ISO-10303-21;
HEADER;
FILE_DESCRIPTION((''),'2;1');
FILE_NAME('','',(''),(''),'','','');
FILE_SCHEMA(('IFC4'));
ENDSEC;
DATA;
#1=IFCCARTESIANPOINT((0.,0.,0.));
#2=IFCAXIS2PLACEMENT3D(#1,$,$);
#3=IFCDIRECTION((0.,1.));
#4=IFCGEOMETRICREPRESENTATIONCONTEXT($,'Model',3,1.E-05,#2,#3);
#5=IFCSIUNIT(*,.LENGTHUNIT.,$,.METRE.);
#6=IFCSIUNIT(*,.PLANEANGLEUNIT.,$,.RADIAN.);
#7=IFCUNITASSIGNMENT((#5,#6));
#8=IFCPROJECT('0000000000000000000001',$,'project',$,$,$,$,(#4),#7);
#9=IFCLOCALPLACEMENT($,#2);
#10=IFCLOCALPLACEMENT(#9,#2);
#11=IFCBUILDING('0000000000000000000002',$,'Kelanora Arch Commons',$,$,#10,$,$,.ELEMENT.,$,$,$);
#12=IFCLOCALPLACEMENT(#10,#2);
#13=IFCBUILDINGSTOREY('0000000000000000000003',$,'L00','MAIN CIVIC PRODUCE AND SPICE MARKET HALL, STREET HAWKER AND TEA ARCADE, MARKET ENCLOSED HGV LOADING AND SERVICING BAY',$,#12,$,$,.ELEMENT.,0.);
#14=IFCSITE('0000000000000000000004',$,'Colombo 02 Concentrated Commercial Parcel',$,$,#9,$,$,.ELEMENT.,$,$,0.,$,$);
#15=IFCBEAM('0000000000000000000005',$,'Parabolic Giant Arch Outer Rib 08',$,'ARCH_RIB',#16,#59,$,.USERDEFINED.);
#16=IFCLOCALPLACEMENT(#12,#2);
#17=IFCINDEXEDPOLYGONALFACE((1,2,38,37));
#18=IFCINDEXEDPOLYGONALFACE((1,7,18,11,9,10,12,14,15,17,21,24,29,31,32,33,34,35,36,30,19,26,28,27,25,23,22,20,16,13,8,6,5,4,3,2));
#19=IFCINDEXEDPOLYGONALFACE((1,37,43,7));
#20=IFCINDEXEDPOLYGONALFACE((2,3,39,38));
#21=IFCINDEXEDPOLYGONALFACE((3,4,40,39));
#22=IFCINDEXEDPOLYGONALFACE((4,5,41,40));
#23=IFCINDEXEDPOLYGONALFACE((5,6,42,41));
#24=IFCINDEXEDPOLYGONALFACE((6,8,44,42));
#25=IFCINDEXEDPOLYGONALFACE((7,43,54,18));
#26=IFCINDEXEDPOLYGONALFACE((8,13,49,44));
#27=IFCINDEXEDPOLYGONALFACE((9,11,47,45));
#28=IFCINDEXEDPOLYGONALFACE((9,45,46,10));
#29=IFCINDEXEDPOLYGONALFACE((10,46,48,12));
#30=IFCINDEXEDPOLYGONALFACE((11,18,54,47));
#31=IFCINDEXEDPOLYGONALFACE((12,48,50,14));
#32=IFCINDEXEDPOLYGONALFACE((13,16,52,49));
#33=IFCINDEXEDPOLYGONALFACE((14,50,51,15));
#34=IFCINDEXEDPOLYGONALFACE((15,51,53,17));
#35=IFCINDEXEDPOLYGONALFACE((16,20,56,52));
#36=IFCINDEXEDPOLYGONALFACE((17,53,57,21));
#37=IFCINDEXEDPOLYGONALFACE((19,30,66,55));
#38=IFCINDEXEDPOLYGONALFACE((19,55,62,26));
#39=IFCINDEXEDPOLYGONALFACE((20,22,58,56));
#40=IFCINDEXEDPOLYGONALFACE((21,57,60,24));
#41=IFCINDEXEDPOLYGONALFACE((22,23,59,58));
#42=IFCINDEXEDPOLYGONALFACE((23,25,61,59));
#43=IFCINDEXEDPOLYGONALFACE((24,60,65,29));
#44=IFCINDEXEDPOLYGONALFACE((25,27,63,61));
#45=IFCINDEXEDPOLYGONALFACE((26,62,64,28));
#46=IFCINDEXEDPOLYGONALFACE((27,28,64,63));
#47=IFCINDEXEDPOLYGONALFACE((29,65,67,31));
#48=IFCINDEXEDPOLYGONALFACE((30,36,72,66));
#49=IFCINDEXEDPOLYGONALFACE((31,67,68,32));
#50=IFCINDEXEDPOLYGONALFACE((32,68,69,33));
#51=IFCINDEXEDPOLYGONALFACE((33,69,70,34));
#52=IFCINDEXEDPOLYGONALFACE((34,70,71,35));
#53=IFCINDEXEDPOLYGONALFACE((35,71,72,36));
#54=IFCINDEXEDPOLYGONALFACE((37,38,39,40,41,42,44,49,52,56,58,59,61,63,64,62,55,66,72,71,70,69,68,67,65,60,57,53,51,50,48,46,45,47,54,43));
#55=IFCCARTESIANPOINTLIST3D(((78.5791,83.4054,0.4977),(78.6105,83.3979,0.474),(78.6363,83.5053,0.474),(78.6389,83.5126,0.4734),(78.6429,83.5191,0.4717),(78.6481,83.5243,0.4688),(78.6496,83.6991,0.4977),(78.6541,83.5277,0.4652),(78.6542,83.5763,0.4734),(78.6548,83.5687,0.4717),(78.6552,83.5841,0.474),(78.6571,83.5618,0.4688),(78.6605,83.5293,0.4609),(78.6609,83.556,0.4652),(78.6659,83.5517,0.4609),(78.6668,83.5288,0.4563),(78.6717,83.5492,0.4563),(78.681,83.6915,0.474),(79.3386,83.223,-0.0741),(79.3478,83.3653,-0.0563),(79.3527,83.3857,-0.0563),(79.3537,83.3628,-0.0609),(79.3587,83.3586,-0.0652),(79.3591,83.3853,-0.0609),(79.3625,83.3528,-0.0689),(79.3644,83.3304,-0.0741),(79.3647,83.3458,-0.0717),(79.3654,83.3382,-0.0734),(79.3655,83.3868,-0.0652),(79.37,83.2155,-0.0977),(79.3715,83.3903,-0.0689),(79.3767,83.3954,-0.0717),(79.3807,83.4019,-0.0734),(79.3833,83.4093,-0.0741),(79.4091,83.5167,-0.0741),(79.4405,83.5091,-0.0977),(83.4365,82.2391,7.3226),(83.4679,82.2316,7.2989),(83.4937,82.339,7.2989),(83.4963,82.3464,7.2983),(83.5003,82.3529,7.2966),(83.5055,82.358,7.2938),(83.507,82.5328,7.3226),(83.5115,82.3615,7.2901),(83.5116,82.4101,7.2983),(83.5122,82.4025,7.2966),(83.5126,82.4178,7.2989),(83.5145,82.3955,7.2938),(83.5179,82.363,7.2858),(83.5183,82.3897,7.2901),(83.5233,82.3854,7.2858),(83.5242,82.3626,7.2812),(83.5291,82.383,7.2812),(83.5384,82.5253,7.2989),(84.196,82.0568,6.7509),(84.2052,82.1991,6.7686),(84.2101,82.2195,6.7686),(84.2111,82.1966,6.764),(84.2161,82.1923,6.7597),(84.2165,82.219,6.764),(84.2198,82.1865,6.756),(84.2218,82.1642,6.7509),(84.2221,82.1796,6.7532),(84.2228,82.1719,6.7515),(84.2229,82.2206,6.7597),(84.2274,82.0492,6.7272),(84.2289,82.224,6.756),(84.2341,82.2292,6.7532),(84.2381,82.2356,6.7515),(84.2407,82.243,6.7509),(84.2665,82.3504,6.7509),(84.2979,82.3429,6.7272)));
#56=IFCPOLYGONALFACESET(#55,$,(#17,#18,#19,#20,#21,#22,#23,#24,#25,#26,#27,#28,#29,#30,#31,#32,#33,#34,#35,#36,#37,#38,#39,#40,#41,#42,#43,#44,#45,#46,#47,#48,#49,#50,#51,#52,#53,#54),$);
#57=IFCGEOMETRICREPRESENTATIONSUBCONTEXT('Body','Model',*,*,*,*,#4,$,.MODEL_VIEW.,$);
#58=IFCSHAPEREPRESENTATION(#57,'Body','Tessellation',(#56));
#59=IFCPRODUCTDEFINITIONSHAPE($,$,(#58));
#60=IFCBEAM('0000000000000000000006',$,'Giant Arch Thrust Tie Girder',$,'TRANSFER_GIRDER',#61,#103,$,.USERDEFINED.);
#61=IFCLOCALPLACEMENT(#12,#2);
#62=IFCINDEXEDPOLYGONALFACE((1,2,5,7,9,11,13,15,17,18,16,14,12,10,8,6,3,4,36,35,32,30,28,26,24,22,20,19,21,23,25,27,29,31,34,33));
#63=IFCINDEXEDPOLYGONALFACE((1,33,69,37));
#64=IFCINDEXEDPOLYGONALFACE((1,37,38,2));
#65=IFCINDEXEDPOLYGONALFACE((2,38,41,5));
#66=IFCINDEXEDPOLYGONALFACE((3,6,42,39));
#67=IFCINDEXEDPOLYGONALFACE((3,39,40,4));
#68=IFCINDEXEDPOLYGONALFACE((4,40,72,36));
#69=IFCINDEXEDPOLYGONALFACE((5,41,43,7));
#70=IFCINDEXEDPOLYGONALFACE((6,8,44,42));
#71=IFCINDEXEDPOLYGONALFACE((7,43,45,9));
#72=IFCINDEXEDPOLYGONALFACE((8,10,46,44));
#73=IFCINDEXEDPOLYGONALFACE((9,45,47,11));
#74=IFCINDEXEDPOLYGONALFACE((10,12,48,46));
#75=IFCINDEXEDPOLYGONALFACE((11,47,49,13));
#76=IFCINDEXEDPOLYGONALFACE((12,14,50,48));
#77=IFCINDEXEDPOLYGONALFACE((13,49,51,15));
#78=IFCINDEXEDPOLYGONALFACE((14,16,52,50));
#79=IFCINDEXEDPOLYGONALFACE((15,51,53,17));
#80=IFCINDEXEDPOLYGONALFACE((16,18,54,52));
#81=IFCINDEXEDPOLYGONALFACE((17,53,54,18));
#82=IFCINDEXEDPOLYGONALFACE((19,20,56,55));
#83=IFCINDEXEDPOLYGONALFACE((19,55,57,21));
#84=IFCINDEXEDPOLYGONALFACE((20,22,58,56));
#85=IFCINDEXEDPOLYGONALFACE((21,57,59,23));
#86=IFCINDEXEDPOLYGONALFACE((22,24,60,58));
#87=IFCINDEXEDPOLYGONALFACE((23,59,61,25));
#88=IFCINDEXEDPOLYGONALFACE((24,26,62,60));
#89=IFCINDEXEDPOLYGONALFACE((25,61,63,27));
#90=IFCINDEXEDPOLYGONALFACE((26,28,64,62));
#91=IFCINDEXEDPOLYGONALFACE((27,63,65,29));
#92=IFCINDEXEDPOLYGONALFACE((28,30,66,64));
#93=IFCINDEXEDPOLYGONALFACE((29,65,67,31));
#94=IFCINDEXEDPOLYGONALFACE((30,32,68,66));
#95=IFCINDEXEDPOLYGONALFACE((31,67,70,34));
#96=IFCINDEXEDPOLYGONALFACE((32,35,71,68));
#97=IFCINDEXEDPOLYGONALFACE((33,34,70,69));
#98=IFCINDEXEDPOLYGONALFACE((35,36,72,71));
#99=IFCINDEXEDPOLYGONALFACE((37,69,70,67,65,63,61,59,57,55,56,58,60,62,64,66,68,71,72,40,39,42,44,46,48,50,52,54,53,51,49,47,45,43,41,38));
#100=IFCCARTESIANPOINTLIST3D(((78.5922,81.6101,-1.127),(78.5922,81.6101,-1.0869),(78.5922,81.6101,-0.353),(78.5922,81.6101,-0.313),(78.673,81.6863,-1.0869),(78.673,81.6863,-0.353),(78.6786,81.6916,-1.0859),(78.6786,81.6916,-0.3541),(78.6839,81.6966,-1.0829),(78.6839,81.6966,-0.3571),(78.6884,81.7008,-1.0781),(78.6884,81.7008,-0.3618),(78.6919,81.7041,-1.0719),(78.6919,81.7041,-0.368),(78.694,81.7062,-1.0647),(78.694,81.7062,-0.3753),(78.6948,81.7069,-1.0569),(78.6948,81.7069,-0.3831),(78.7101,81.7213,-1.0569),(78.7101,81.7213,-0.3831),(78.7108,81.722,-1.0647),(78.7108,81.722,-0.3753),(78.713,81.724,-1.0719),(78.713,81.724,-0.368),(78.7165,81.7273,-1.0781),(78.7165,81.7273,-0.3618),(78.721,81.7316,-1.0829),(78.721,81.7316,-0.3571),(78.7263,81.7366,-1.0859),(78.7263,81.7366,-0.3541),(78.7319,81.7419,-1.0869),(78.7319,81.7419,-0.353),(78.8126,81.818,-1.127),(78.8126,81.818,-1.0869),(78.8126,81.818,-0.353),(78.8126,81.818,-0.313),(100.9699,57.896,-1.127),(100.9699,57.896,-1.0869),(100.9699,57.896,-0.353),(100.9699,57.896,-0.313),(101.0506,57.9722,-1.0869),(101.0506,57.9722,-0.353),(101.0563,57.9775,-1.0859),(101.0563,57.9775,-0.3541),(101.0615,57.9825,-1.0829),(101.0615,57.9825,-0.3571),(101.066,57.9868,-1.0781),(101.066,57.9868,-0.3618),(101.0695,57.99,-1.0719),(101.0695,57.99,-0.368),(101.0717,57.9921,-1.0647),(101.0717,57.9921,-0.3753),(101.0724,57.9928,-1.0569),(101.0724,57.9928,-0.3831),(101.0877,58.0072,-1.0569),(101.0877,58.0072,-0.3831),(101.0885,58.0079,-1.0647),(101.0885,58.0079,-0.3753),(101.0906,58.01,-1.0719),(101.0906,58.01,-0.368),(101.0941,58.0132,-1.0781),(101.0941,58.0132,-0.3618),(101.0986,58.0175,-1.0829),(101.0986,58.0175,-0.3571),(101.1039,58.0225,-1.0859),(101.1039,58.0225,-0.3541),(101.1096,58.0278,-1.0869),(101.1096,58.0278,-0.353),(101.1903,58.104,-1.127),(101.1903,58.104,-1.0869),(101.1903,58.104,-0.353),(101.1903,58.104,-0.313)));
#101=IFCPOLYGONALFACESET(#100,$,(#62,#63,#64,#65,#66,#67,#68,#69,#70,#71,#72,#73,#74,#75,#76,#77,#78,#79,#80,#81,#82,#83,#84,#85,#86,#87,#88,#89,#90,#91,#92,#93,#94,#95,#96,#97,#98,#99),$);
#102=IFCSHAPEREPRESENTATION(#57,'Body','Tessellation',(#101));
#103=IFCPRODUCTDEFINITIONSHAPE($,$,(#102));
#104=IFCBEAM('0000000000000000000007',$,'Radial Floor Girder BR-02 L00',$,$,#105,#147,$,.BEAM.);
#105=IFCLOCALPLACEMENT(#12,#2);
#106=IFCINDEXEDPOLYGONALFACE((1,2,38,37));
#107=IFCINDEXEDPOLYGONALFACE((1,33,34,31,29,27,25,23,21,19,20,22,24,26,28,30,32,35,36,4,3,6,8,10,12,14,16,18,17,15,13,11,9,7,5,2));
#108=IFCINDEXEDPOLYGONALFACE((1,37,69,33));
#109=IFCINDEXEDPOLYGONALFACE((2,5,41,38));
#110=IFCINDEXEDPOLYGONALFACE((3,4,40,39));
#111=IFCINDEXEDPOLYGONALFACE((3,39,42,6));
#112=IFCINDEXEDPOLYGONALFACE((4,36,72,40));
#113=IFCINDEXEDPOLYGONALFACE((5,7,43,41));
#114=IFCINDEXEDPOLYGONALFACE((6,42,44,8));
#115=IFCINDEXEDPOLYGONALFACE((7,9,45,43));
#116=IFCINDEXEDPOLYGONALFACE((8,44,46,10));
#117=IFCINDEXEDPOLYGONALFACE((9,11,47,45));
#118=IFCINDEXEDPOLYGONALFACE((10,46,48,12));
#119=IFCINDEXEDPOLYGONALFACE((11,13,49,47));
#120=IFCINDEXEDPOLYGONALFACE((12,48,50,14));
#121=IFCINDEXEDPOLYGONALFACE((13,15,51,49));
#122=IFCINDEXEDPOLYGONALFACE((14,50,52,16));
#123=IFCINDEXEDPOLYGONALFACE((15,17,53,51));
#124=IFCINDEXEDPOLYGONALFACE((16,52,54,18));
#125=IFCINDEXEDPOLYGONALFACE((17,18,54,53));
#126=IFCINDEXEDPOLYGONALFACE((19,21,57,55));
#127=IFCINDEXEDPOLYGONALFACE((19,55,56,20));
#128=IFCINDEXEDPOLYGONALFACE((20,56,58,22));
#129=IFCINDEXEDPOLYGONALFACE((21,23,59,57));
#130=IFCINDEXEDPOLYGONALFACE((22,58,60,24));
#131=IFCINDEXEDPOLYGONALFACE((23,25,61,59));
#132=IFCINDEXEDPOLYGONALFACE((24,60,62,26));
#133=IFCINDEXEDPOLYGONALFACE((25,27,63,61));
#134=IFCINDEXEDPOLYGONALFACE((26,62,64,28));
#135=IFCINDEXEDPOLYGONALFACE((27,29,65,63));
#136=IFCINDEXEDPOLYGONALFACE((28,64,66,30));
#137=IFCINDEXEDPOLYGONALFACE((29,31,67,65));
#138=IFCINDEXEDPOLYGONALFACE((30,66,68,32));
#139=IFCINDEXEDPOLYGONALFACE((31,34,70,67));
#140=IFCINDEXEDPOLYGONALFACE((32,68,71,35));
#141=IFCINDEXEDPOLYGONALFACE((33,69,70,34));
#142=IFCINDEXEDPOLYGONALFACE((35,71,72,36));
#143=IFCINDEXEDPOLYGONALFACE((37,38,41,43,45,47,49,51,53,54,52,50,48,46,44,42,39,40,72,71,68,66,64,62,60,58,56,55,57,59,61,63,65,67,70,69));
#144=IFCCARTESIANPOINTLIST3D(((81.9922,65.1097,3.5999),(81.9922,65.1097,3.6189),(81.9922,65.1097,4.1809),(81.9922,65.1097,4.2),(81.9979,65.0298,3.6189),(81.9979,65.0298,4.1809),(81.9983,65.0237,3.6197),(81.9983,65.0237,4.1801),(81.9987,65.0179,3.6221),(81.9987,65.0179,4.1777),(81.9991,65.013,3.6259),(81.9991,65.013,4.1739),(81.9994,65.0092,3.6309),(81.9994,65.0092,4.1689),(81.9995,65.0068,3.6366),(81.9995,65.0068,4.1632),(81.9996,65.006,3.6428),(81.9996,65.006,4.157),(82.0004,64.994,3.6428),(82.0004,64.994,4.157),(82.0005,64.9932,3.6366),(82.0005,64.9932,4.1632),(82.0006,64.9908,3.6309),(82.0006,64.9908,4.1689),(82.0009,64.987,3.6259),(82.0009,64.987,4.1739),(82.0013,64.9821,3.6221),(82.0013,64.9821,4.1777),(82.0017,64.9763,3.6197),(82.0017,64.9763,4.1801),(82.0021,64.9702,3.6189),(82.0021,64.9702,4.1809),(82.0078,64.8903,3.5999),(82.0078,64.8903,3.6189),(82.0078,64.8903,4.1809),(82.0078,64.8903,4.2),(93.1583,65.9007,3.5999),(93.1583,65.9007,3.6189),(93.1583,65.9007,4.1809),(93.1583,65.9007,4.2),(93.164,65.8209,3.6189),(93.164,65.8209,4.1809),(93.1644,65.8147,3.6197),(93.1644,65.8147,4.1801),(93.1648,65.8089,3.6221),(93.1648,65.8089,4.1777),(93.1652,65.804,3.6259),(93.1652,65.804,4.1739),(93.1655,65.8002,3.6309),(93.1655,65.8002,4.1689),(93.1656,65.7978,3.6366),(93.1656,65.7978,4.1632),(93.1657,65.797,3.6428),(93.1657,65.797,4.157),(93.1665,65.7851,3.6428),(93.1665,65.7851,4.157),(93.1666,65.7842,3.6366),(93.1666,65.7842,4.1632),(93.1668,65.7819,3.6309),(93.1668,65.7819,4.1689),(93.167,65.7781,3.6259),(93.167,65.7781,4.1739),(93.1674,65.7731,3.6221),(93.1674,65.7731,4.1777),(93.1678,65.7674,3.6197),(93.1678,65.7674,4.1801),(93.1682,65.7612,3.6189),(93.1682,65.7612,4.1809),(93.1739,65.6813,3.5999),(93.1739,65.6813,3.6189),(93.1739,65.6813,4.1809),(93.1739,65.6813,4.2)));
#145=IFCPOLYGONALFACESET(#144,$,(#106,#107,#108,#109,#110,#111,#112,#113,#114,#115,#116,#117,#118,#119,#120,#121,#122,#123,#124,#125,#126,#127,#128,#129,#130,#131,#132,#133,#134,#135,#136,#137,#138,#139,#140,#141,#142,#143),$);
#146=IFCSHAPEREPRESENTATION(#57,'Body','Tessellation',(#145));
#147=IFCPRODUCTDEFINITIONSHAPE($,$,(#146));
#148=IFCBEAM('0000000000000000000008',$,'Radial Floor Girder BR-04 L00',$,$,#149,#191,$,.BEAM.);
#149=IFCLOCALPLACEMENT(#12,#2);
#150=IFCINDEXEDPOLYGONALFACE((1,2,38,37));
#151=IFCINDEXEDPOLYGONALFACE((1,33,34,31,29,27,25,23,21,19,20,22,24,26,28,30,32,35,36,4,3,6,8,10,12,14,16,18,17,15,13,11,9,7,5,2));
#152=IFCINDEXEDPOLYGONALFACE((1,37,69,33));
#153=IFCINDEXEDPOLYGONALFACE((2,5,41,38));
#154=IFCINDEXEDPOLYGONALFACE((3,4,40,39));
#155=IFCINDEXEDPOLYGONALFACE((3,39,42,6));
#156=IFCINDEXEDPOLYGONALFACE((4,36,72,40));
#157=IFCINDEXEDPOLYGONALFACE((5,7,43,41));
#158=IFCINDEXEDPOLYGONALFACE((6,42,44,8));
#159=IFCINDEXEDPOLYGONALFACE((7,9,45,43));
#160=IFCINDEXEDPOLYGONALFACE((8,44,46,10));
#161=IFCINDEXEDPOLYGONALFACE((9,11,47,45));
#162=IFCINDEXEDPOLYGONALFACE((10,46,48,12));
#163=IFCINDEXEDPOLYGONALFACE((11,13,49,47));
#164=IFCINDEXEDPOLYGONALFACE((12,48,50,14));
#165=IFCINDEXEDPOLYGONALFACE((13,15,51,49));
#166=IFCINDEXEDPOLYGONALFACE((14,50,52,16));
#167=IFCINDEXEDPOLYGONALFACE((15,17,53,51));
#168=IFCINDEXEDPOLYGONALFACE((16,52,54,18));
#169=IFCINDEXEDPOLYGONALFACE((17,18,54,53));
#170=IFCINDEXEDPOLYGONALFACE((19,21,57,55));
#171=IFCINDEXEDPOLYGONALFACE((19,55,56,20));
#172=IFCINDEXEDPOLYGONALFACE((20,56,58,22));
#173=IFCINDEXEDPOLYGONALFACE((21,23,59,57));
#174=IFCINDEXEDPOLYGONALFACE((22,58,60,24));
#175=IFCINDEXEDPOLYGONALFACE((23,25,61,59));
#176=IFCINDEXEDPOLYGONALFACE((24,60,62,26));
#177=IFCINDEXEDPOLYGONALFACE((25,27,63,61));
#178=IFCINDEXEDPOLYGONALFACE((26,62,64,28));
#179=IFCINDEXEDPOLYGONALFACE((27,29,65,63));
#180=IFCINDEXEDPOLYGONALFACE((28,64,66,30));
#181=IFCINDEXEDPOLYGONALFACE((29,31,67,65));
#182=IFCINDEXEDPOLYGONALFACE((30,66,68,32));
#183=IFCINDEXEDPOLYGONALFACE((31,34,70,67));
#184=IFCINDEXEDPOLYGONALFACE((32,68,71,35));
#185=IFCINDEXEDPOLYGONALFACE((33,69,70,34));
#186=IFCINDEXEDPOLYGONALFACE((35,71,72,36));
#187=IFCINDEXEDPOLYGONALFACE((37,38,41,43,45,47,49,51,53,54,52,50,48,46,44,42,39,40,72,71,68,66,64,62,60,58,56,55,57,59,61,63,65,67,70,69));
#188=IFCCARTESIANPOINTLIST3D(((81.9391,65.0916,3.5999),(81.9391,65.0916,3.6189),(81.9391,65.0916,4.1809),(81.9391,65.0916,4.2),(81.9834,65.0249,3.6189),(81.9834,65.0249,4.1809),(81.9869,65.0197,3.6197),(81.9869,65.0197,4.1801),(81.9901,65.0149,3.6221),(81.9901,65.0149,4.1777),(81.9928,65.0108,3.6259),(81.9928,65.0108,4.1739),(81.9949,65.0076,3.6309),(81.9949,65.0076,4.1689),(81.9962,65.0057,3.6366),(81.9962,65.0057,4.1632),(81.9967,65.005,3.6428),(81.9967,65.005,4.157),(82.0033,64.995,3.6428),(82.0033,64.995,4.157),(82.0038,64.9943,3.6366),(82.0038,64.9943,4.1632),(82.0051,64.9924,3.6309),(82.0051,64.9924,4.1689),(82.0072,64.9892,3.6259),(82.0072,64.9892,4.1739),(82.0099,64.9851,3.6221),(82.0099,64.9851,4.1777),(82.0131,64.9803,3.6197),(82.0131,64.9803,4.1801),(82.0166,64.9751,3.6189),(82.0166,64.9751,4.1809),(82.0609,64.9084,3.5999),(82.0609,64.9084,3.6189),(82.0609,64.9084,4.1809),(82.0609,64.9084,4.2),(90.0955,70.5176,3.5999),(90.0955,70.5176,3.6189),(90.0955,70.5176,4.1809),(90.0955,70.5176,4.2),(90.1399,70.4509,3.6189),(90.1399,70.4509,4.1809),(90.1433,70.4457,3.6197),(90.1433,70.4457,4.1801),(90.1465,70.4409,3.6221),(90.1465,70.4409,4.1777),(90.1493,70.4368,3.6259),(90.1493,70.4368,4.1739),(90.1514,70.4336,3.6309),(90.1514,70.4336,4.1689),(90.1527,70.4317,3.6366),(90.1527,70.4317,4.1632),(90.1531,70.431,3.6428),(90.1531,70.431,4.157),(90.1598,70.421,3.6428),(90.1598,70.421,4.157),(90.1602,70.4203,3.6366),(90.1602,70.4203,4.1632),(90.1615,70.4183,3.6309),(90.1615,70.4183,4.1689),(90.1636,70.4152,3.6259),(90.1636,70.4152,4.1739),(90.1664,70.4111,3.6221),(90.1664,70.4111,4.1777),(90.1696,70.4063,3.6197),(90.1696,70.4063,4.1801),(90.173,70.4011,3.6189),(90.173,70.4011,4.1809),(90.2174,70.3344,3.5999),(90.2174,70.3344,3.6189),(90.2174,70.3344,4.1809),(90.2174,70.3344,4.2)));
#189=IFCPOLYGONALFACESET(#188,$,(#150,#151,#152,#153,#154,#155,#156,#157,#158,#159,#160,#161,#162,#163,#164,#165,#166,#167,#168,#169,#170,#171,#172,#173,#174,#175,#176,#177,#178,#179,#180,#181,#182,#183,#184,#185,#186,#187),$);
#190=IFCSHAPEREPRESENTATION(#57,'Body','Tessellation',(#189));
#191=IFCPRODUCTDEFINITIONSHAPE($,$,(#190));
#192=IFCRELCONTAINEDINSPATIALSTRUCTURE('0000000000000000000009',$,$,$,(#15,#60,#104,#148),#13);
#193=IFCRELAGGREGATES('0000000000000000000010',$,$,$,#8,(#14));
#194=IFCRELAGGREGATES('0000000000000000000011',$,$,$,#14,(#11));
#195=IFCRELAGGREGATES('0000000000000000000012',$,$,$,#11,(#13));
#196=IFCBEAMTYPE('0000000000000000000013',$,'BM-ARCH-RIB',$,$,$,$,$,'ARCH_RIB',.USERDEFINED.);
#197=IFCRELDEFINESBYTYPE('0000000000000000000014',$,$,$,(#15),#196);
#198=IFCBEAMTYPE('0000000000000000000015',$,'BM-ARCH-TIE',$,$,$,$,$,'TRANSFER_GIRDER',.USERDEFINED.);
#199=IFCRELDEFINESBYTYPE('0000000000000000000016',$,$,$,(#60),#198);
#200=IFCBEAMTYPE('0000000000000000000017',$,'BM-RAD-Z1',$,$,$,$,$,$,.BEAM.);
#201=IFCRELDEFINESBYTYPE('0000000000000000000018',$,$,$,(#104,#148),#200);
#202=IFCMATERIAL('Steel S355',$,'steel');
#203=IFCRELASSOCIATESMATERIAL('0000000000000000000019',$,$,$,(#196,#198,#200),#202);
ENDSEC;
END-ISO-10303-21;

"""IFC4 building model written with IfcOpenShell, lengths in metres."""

from ifc_helpers import new_model, si_unit, direction, frame, origin, origin_2d, place, context, subcontext, project, spatial, i_section, extrude, material, material_profile, profile_set, type_object, element, save


model = new_model("IFC4")

# Units and contexts
model_context = context("Model", 3, precision=1e-05, world=origin(), true_north=direction((0.0, 1.0)))
body_context = subcontext(model_context, "Body", "Model", "MODEL_VIEW")
ifc_project = project(units=[si_unit("LENGTHUNIT", "METRE"), si_unit("PLANEANGLEUNIT", "RADIAN")], contexts=[model_context])

# Site, building, storey
site_placement = place(None, origin())
site = spatial("IfcSite", under=ifc_project, at=site_placement, Name="Colombo 02 Concentrated Commercial Parcel", CompositionType="ELEMENT", RefElevation=0.0)
building_placement = place(site_placement, origin())
building = spatial("IfcBuilding", under=site, at=building_placement, Name="Kelanora Arch Commons", CompositionType="ELEMENT")
storey_placement = place(building_placement, origin())
storey = spatial("IfcBuildingStorey", under=building, at=storey_placement, Name="L00", Description="MAIN CIVIC PRODUCE AND SPICE MARKET HALL, STREET HAWKER AND TEA ARCADE, MARKET ENCLOSED HGV LOADING AND SERVICING BAY", CompositionType="ELEMENT", Elevation=0.0)

# Shared definitions
ifc_material_1 = material(Name="Steel S355", Category="steel")

# Beams
ifc_material_profile_1 = material_profile(ifc_material_1, i_section(OverallWidth=0.302, OverallDepth=1.0081, WebThickness=0.021, FlangeThickness=0.04, FilletRadius=0.03, at=origin_2d()), Name="HEM1000")
ifc_profile_set_1 = profile_set([ifc_material_profile_1], Name="Steel S355")
beam_type_1 = type_object("IfcBeamType", Name="BM-ARCH-RIB", ElementType="ARCH_RIB", PredefinedType="USERDEFINED", material=ifc_profile_set_1)
beam_1_placement = place(storey_placement, frame((83.8672, 82.291, 7.0249), z_axis=(-0.574312, 0.137891, -0.80694), x_axis=(-0.233464, -0.972366, 0.0)))
element("IfcBeam", 1, at=beam_1_placement, inside=storey, type_object=beam_type_1, Name="Parabolic Giant Arch Outer Rib 08", ObjectType="ARCH_RIB", PredefinedType="USERDEFINED", context=body_context, shape_type="SweptSolid", body=[
    extrude(i_section(OverallWidth=0.302, OverallDepth=1.0081, WebThickness=0.021, FlangeThickness=0.04, FilletRadius=0.03, at=origin_2d()), origin(), (0.0, 0.0, 1.0), 8.4578),
])
ifc_material_profile_2 = material_profile(ifc_material_1, i_section(OverallWidth=0.303, OverallDepth=0.814, WebThickness=0.021, FlangeThickness=0.04, FilletRadius=0.03, at=origin_2d()), Name="HEM800")
ifc_profile_set_2 = profile_set([ifc_material_profile_2], Name="Steel S355")
beam_type_2 = type_object("IfcBeamType", Name="BM-ARCH-TIE", ElementType="TRANSFER_GIRDER", PredefinedType="USERDEFINED", material=ifc_profile_set_2)
beam_2_placement = place(storey_placement, frame((101.0801, 58.0, -0.72), z_axis=(-0.686316, 0.727304, 0.0), x_axis=(-0.727304, -0.686316, 0.0)))
element("IfcBeam", 2, at=beam_2_placement, inside=storey, type_object=beam_type_2, Name="Giant Arch Thrust Tie Girder", ObjectType="TRANSFER_GIRDER", PredefinedType="USERDEFINED", context=body_context, shape_type="SweptSolid", body=[
    extrude(i_section(OverallWidth=0.303, OverallDepth=0.814, WebThickness=0.021, FlangeThickness=0.04, FilletRadius=0.03, at=origin_2d()), origin(), (0.0, 0.0, 1.0), 32.6055),
])
ifc_material_profile_3 = material_profile(ifc_material_1, i_section(OverallWidth=0.22, OverallDepth=0.6001, WebThickness=0.012, FlangeThickness=0.019, FilletRadius=0.0239, at=origin_2d()), Name="IPE600")
ifc_profile_set_3 = profile_set([ifc_material_profile_3], Name="Steel S355")
beam_type_3 = type_object("IfcBeamType", Name="BM-RAD-Z1", PredefinedType="BEAM", material=ifc_profile_set_3)
beam_3_placement = place(storey_placement, frame((82.0, 65.0, 3.8999), z_axis=(0.9975, 0.070664, 0.0), x_axis=(-0.070664, 0.9975, 0.0)))
element("IfcBeam", 3, at=beam_3_placement, inside=storey, type_object=beam_type_3, Name="Radial Floor Girder BR-02 L00", PredefinedType="BEAM", context=body_context, shape_type="SweptSolid", body=[
    extrude(i_section(OverallWidth=0.22, OverallDepth=0.6001, WebThickness=0.012, FlangeThickness=0.019, FilletRadius=0.0239, at=origin_2d()), origin(), (0.0, 0.0, 1.0), 11.1941),
])
beam_4_placement = place(storey_placement, frame((82.0, 65.0, 3.8999), z_axis=(0.832598, 0.553878, 0.0), x_axis=(-0.553878, 0.832598, 0.0)))
element("IfcBeam", 4, at=beam_4_placement, inside=storey, type_object=beam_type_3, Name="Radial Floor Girder BR-04 L00", PredefinedType="BEAM", context=body_context, shape_type="SweptSolid", body=[
    extrude(i_section(OverallWidth=0.22, OverallDepth=0.6001, WebThickness=0.012, FlangeThickness=0.019, FilletRadius=0.0239, at=origin_2d()), origin(), (0.0, 0.0, 1.0), 9.7964),
])

save(model, "model.ifc")
